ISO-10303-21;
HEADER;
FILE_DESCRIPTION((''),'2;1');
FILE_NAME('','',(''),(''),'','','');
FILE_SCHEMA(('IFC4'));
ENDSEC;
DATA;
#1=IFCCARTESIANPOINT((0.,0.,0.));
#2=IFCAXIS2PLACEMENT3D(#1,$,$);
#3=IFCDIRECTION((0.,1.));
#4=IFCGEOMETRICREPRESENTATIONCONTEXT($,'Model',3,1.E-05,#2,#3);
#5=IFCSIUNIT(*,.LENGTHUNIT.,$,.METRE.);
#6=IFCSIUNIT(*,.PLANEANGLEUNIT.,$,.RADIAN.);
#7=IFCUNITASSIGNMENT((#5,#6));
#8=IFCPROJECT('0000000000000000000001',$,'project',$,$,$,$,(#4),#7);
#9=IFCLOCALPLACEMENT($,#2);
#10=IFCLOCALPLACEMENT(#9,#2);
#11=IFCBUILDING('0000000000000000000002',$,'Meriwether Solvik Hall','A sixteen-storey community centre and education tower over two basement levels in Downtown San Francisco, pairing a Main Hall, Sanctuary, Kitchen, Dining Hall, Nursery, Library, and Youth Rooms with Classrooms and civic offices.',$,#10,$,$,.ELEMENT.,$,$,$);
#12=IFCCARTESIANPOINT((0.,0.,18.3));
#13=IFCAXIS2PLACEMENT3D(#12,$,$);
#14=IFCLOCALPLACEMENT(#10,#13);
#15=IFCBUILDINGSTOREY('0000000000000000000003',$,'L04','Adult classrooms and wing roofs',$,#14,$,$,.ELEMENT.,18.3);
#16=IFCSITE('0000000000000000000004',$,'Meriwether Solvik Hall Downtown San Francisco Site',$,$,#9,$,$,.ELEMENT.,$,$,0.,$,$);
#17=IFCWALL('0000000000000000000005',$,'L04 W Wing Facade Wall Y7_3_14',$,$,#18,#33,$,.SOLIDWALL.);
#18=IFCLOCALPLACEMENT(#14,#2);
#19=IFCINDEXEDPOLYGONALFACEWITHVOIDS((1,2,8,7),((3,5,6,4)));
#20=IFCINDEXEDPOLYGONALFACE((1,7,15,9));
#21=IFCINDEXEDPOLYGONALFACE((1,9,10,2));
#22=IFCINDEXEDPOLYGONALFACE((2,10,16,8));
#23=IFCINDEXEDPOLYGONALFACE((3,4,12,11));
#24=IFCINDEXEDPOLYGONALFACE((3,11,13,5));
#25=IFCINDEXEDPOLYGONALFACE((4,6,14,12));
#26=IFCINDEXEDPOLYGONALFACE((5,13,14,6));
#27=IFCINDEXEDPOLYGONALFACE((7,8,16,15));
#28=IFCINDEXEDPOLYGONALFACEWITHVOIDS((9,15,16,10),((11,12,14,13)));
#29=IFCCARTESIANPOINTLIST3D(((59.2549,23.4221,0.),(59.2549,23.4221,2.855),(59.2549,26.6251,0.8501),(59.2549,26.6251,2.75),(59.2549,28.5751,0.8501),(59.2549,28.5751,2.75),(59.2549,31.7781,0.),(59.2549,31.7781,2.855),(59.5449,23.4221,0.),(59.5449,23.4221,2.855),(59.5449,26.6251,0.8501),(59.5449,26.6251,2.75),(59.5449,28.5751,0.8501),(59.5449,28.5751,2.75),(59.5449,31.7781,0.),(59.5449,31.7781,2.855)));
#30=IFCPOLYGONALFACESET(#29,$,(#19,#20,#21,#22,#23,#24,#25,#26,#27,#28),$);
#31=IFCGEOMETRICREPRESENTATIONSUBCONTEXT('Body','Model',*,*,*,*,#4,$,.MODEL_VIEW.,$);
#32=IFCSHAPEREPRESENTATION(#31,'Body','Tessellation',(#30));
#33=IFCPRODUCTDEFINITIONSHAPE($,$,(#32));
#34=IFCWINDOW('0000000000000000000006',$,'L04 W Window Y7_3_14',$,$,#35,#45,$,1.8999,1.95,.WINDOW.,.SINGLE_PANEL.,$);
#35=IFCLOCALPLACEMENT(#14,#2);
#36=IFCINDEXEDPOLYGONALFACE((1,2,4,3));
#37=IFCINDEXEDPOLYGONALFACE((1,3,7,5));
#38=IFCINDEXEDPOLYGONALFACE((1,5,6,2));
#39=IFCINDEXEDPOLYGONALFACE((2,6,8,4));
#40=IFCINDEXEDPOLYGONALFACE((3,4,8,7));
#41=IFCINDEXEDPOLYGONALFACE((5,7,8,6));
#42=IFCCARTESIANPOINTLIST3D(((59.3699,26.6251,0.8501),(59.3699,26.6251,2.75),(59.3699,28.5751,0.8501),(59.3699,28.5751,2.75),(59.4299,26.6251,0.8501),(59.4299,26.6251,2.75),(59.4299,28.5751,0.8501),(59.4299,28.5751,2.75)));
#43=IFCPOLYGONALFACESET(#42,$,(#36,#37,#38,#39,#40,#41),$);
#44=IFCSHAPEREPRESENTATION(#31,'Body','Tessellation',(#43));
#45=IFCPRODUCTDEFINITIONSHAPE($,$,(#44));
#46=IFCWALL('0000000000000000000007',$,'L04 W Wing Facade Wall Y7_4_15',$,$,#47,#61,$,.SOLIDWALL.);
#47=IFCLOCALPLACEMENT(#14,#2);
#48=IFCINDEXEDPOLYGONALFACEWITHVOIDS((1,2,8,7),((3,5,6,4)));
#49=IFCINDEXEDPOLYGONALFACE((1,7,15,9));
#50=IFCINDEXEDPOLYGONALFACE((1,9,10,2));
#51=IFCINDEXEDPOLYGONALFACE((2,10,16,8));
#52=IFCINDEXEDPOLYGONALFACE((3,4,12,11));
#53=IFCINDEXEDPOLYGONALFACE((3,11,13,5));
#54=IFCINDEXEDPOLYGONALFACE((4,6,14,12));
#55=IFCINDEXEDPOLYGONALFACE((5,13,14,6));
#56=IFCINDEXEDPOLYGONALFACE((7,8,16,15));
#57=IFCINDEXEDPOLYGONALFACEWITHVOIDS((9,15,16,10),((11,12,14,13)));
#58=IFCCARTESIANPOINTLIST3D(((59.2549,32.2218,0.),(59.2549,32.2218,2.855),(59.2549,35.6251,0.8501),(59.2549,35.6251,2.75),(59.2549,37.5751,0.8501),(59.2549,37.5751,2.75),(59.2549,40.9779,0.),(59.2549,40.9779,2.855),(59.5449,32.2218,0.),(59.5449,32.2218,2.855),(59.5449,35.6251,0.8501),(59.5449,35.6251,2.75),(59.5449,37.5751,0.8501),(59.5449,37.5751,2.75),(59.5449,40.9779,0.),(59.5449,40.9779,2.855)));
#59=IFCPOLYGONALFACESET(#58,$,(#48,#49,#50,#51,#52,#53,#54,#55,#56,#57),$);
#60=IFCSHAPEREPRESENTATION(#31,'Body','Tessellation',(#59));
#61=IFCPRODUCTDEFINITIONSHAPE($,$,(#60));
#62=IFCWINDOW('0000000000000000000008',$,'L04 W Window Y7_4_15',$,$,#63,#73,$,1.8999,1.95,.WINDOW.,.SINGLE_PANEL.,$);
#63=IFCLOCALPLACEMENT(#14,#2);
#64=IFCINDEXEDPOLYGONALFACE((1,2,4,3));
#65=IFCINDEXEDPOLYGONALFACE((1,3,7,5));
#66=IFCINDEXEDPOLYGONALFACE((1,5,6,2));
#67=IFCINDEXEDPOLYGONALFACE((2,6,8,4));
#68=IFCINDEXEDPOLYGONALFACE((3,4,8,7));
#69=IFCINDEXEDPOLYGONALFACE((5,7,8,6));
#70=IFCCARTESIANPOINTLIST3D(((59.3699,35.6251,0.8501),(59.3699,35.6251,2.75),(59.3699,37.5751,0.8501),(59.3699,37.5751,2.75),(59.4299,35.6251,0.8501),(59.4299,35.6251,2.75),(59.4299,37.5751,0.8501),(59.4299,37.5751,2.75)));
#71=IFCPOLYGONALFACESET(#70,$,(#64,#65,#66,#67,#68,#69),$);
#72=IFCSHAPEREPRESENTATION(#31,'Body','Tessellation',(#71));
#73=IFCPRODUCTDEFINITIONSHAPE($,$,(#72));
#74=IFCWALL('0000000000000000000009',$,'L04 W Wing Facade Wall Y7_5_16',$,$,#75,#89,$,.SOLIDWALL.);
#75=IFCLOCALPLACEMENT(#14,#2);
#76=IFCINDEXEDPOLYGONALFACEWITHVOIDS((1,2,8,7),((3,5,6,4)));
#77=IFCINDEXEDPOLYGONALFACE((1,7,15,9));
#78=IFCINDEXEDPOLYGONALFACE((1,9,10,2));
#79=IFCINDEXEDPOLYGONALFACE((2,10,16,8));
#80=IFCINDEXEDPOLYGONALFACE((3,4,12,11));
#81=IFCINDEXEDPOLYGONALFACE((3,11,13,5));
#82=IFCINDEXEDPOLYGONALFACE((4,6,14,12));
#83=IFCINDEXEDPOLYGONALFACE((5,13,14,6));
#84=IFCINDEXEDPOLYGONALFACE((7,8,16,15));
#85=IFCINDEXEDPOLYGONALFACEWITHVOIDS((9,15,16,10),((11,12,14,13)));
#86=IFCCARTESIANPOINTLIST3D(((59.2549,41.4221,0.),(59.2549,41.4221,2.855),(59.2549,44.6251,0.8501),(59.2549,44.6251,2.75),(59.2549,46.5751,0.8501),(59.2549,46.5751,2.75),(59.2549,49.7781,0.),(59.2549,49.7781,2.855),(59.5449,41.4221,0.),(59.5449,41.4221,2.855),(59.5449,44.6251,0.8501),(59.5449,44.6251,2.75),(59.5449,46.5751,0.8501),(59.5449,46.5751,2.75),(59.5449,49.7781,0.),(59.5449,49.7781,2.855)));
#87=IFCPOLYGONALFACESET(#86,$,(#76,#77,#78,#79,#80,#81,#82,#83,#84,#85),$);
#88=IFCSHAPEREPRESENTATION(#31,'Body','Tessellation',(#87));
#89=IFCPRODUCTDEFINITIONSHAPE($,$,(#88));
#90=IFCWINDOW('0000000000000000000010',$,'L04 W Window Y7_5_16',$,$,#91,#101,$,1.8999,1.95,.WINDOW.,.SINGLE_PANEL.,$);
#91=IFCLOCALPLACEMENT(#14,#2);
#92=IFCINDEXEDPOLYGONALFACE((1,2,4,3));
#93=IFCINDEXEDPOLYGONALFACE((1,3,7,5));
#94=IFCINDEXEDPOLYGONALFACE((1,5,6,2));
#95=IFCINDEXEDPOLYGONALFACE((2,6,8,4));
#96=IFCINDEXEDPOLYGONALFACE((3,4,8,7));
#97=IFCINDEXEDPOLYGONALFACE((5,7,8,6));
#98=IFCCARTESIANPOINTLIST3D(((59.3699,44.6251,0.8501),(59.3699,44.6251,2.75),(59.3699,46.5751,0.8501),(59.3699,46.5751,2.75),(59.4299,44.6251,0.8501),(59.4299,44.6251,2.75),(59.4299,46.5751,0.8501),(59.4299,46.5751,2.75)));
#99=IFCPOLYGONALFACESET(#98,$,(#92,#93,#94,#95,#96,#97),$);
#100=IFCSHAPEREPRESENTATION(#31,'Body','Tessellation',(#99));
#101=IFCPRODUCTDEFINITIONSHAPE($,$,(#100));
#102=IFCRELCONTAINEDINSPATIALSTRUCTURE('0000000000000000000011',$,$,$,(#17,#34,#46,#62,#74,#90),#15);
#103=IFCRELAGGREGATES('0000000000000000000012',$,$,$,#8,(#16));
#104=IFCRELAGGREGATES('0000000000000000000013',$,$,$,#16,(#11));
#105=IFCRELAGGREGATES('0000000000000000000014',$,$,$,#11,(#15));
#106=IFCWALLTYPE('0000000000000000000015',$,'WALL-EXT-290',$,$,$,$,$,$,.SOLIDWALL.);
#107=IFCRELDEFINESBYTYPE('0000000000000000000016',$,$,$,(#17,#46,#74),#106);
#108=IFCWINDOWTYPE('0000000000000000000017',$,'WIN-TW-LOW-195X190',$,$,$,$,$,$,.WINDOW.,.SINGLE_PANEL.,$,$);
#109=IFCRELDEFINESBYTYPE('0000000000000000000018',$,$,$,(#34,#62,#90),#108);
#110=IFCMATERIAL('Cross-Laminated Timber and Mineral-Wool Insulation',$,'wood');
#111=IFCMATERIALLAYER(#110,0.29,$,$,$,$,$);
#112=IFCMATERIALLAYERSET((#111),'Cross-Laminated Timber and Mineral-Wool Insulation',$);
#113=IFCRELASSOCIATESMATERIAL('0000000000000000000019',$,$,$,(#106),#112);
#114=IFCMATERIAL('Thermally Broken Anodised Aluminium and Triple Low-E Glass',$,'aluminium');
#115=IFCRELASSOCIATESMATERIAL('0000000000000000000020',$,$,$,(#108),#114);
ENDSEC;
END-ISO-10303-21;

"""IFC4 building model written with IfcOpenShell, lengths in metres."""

from ifc_helpers import new_model, si_unit, direction, frame, frame_2d, origin, place, context, subcontext, project, spatial, rectangle, extrude, material, layer, layer_set, type_object, element, fill, save


model = new_model("IFC4")

# Units and contexts
model_context = context("Model", 3, precision=1e-05, world=origin(), true_north=direction((0.0, 1.0)))
body_context = subcontext(model_context, "Body", "Model", "MODEL_VIEW")
ifc_project = project(units=[si_unit("LENGTHUNIT", "METRE"), si_unit("PLANEANGLEUNIT", "RADIAN")], contexts=[model_context])

# Site, building, storey
site_placement = place(None, origin())
site = spatial("IfcSite", under=ifc_project, at=site_placement, Name="Meriwether Solvik Hall Downtown San Francisco Site", CompositionType="ELEMENT", RefElevation=0.0)
building_placement = place(site_placement, origin())
building = spatial("IfcBuilding", under=site, at=building_placement, Name="Meriwether Solvik Hall", Description="A sixteen-storey community centre and education tower over two basement levels in Downtown San Francisco, pairing a Main Hall, Sanctuary, Kitchen, Dining Hall, Nursery, Library, and Youth Rooms with Classrooms and civic offices.", CompositionType="ELEMENT")
storey_placement = place(building_placement, frame((0.0, 0.0, 18.3)))
storey = spatial("IfcBuildingStorey", under=building, at=storey_placement, Name="L04", Description="Adult classrooms and wing roofs", CompositionType="ELEMENT", Elevation=18.3)

# Walls, openings, windows
ifc_material_1 = material(Name="Cross-Laminated Timber and Mineral-Wool Insulation", Category="wood")
ifc_layer_1 = layer(ifc_material_1, 0.29)
ifc_layer_set_1 = layer_set([ifc_layer_1], Name="Cross-Laminated Timber and Mineral-Wool Insulation")
wall_type = type_object("IfcWallType", Name="WALL-EXT-290", PredefinedType="SOLIDWALL", material=ifc_layer_set_1)
wall_1_placement = place(storey_placement, frame((59.3999, 23.4221, 0.0), z_axis=(0.0, 0.0, 1.0), x_axis=(0.0, 1.0, 0.0)))
wall_1 = element("IfcWall", 1, at=wall_1_placement, inside=storey, type_object=wall_type, Name="L04 W Wing Facade Wall Y7_3_14", PredefinedType="SOLIDWALL", context=body_context, shape_type="SweptSolid", body=[
    extrude(rectangle(XDim=8.356, YDim=0.29, at=frame_2d((4.178, 0.0))), origin(), (0.0, 0.0, 1.0), 2.855),
])
opening_1_placement = place(wall_1_placement, frame((3.2029, 0.0, 0.8501)))
opening_1 = element("IfcOpeningElement", 2, at=opening_1_placement, cuts=wall_1, PredefinedType="OPENING", context=body_context, shape_type="SweptSolid", body=[
    extrude(rectangle(XDim=1.95, YDim=1.8999, at=frame_2d((0.9751, 0.95))), frame((0.0, 0.157, 0.0), z_axis=(0.0, -1.0, 0.0), x_axis=(1.0, 0.0, 0.0)), (0.0, 0.0, 1.0), 0.314),
])
ifc_material_2 = material(Name="Thermally Broken Anodised Aluminium and Triple Low-E Glass", Category="aluminium")
window_type = type_object("IfcWindowType", Name="WIN-TW-LOW-195X190", PartitioningType="SINGLE_PANEL", PredefinedType="WINDOW", material=ifc_material_2)
window_1_placement = place(opening_1_placement, origin())
window_1 = element("IfcWindow", 3, at=window_1_placement, inside=storey, type_object=window_type, Name="L04 W Window Y7_3_14", OverallHeight=1.8999, OverallWidth=1.95, PartitioningType="SINGLE_PANEL", PredefinedType="WINDOW", context=body_context, shape_type="SweptSolid", body=[
    extrude(rectangle(XDim=1.95, YDim=1.8999, at=frame_2d((0.9751, 0.95))), frame((0.0, 0.03, 0.0), z_axis=(0.0, -1.0, 0.0), x_axis=(1.0, 0.0, 0.0)), (0.0, 0.0, 1.0), 0.0601),
])
fill(opening_1, window_1)
wall_2_placement = place(storey_placement, frame((59.3999, 32.2219, 0.0), z_axis=(0.0, 0.0, 1.0), x_axis=(0.0, 1.0, 0.0)))
wall_2 = element("IfcWall", 4, at=wall_2_placement, inside=storey, type_object=wall_type, Name="L04 W Wing Facade Wall Y7_4_15", PredefinedType="SOLIDWALL", context=body_context, shape_type="SweptSolid", body=[
    extrude(rectangle(XDim=8.7561, YDim=0.29, at=frame_2d((4.3779, 0.0))), origin(), (0.0, 0.0, 1.0), 2.855),
])
opening_2_placement = place(wall_2_placement, frame((3.4031, 0.0, 0.8501)))
opening_2 = element("IfcOpeningElement", 5, at=opening_2_placement, cuts=wall_2, PredefinedType="OPENING", context=body_context, shape_type="SweptSolid", body=[
    extrude(rectangle(XDim=1.95, YDim=1.8999, at=frame_2d((0.9751, 0.95))), frame((0.0, 0.157, 0.0), z_axis=(0.0, -1.0, 0.0), x_axis=(1.0, 0.0, 0.0)), (0.0, 0.0, 1.0), 0.314),
])
window_2_placement = place(opening_2_placement, origin())
window_2 = element("IfcWindow", 6, at=window_2_placement, inside=storey, type_object=window_type, Name="L04 W Window Y7_4_15", OverallHeight=1.8999, OverallWidth=1.95, PartitioningType="SINGLE_PANEL", PredefinedType="WINDOW", context=body_context, shape_type="SweptSolid", body=[
    extrude(rectangle(XDim=1.95, YDim=1.8999, at=frame_2d((0.9751, 0.95))), frame((0.0, 0.03, 0.0), z_axis=(0.0, -1.0, 0.0), x_axis=(1.0, 0.0, 0.0)), (0.0, 0.0, 1.0), 0.0601),
])
fill(opening_2, window_2)
wall_3_placement = place(storey_placement, frame((59.3999, 41.4221, 0.0), z_axis=(0.0, 0.0, 1.0), x_axis=(0.0, 1.0, 0.0)))
wall_3 = element("IfcWall", 7, at=wall_3_placement, inside=storey, type_object=wall_type, Name="L04 W Wing Facade Wall Y7_5_16", PredefinedType="SOLIDWALL", context=body_context, shape_type="SweptSolid", body=[
    extrude(rectangle(XDim=8.356, YDim=0.29, at=frame_2d((4.178, 0.0))), origin(), (0.0, 0.0, 1.0), 2.855),
])
opening_3_placement = place(wall_3_placement, frame((3.2029, 0.0, 0.8501)))
opening_3 = element("IfcOpeningElement", 8, at=opening_3_placement, cuts=wall_3, PredefinedType="OPENING", context=body_context, shape_type="SweptSolid", body=[
    extrude(rectangle(XDim=1.95, YDim=1.8999, at=frame_2d((0.9751, 0.95))), frame((0.0, 0.157, 0.0), z_axis=(0.0, -1.0, 0.0), x_axis=(1.0, 0.0, 0.0)), (0.0, 0.0, 1.0), 0.314),
])
window_3_placement = place(opening_3_placement, origin())
window_3 = element("IfcWindow", 9, at=window_3_placement, inside=storey, type_object=window_type, Name="L04 W Window Y7_5_16", OverallHeight=1.8999, OverallWidth=1.95, PartitioningType="SINGLE_PANEL", PredefinedType="WINDOW", context=body_context, shape_type="SweptSolid", body=[
    extrude(rectangle(XDim=1.95, YDim=1.8999, at=frame_2d((0.9751, 0.95))), frame((0.0, 0.03, 0.0), z_axis=(0.0, -1.0, 0.0), x_axis=(1.0, 0.0, 0.0)), (0.0, 0.0, 1.0), 0.0601),
])
fill(opening_3, window_3)

save(model, "model.ifc")
